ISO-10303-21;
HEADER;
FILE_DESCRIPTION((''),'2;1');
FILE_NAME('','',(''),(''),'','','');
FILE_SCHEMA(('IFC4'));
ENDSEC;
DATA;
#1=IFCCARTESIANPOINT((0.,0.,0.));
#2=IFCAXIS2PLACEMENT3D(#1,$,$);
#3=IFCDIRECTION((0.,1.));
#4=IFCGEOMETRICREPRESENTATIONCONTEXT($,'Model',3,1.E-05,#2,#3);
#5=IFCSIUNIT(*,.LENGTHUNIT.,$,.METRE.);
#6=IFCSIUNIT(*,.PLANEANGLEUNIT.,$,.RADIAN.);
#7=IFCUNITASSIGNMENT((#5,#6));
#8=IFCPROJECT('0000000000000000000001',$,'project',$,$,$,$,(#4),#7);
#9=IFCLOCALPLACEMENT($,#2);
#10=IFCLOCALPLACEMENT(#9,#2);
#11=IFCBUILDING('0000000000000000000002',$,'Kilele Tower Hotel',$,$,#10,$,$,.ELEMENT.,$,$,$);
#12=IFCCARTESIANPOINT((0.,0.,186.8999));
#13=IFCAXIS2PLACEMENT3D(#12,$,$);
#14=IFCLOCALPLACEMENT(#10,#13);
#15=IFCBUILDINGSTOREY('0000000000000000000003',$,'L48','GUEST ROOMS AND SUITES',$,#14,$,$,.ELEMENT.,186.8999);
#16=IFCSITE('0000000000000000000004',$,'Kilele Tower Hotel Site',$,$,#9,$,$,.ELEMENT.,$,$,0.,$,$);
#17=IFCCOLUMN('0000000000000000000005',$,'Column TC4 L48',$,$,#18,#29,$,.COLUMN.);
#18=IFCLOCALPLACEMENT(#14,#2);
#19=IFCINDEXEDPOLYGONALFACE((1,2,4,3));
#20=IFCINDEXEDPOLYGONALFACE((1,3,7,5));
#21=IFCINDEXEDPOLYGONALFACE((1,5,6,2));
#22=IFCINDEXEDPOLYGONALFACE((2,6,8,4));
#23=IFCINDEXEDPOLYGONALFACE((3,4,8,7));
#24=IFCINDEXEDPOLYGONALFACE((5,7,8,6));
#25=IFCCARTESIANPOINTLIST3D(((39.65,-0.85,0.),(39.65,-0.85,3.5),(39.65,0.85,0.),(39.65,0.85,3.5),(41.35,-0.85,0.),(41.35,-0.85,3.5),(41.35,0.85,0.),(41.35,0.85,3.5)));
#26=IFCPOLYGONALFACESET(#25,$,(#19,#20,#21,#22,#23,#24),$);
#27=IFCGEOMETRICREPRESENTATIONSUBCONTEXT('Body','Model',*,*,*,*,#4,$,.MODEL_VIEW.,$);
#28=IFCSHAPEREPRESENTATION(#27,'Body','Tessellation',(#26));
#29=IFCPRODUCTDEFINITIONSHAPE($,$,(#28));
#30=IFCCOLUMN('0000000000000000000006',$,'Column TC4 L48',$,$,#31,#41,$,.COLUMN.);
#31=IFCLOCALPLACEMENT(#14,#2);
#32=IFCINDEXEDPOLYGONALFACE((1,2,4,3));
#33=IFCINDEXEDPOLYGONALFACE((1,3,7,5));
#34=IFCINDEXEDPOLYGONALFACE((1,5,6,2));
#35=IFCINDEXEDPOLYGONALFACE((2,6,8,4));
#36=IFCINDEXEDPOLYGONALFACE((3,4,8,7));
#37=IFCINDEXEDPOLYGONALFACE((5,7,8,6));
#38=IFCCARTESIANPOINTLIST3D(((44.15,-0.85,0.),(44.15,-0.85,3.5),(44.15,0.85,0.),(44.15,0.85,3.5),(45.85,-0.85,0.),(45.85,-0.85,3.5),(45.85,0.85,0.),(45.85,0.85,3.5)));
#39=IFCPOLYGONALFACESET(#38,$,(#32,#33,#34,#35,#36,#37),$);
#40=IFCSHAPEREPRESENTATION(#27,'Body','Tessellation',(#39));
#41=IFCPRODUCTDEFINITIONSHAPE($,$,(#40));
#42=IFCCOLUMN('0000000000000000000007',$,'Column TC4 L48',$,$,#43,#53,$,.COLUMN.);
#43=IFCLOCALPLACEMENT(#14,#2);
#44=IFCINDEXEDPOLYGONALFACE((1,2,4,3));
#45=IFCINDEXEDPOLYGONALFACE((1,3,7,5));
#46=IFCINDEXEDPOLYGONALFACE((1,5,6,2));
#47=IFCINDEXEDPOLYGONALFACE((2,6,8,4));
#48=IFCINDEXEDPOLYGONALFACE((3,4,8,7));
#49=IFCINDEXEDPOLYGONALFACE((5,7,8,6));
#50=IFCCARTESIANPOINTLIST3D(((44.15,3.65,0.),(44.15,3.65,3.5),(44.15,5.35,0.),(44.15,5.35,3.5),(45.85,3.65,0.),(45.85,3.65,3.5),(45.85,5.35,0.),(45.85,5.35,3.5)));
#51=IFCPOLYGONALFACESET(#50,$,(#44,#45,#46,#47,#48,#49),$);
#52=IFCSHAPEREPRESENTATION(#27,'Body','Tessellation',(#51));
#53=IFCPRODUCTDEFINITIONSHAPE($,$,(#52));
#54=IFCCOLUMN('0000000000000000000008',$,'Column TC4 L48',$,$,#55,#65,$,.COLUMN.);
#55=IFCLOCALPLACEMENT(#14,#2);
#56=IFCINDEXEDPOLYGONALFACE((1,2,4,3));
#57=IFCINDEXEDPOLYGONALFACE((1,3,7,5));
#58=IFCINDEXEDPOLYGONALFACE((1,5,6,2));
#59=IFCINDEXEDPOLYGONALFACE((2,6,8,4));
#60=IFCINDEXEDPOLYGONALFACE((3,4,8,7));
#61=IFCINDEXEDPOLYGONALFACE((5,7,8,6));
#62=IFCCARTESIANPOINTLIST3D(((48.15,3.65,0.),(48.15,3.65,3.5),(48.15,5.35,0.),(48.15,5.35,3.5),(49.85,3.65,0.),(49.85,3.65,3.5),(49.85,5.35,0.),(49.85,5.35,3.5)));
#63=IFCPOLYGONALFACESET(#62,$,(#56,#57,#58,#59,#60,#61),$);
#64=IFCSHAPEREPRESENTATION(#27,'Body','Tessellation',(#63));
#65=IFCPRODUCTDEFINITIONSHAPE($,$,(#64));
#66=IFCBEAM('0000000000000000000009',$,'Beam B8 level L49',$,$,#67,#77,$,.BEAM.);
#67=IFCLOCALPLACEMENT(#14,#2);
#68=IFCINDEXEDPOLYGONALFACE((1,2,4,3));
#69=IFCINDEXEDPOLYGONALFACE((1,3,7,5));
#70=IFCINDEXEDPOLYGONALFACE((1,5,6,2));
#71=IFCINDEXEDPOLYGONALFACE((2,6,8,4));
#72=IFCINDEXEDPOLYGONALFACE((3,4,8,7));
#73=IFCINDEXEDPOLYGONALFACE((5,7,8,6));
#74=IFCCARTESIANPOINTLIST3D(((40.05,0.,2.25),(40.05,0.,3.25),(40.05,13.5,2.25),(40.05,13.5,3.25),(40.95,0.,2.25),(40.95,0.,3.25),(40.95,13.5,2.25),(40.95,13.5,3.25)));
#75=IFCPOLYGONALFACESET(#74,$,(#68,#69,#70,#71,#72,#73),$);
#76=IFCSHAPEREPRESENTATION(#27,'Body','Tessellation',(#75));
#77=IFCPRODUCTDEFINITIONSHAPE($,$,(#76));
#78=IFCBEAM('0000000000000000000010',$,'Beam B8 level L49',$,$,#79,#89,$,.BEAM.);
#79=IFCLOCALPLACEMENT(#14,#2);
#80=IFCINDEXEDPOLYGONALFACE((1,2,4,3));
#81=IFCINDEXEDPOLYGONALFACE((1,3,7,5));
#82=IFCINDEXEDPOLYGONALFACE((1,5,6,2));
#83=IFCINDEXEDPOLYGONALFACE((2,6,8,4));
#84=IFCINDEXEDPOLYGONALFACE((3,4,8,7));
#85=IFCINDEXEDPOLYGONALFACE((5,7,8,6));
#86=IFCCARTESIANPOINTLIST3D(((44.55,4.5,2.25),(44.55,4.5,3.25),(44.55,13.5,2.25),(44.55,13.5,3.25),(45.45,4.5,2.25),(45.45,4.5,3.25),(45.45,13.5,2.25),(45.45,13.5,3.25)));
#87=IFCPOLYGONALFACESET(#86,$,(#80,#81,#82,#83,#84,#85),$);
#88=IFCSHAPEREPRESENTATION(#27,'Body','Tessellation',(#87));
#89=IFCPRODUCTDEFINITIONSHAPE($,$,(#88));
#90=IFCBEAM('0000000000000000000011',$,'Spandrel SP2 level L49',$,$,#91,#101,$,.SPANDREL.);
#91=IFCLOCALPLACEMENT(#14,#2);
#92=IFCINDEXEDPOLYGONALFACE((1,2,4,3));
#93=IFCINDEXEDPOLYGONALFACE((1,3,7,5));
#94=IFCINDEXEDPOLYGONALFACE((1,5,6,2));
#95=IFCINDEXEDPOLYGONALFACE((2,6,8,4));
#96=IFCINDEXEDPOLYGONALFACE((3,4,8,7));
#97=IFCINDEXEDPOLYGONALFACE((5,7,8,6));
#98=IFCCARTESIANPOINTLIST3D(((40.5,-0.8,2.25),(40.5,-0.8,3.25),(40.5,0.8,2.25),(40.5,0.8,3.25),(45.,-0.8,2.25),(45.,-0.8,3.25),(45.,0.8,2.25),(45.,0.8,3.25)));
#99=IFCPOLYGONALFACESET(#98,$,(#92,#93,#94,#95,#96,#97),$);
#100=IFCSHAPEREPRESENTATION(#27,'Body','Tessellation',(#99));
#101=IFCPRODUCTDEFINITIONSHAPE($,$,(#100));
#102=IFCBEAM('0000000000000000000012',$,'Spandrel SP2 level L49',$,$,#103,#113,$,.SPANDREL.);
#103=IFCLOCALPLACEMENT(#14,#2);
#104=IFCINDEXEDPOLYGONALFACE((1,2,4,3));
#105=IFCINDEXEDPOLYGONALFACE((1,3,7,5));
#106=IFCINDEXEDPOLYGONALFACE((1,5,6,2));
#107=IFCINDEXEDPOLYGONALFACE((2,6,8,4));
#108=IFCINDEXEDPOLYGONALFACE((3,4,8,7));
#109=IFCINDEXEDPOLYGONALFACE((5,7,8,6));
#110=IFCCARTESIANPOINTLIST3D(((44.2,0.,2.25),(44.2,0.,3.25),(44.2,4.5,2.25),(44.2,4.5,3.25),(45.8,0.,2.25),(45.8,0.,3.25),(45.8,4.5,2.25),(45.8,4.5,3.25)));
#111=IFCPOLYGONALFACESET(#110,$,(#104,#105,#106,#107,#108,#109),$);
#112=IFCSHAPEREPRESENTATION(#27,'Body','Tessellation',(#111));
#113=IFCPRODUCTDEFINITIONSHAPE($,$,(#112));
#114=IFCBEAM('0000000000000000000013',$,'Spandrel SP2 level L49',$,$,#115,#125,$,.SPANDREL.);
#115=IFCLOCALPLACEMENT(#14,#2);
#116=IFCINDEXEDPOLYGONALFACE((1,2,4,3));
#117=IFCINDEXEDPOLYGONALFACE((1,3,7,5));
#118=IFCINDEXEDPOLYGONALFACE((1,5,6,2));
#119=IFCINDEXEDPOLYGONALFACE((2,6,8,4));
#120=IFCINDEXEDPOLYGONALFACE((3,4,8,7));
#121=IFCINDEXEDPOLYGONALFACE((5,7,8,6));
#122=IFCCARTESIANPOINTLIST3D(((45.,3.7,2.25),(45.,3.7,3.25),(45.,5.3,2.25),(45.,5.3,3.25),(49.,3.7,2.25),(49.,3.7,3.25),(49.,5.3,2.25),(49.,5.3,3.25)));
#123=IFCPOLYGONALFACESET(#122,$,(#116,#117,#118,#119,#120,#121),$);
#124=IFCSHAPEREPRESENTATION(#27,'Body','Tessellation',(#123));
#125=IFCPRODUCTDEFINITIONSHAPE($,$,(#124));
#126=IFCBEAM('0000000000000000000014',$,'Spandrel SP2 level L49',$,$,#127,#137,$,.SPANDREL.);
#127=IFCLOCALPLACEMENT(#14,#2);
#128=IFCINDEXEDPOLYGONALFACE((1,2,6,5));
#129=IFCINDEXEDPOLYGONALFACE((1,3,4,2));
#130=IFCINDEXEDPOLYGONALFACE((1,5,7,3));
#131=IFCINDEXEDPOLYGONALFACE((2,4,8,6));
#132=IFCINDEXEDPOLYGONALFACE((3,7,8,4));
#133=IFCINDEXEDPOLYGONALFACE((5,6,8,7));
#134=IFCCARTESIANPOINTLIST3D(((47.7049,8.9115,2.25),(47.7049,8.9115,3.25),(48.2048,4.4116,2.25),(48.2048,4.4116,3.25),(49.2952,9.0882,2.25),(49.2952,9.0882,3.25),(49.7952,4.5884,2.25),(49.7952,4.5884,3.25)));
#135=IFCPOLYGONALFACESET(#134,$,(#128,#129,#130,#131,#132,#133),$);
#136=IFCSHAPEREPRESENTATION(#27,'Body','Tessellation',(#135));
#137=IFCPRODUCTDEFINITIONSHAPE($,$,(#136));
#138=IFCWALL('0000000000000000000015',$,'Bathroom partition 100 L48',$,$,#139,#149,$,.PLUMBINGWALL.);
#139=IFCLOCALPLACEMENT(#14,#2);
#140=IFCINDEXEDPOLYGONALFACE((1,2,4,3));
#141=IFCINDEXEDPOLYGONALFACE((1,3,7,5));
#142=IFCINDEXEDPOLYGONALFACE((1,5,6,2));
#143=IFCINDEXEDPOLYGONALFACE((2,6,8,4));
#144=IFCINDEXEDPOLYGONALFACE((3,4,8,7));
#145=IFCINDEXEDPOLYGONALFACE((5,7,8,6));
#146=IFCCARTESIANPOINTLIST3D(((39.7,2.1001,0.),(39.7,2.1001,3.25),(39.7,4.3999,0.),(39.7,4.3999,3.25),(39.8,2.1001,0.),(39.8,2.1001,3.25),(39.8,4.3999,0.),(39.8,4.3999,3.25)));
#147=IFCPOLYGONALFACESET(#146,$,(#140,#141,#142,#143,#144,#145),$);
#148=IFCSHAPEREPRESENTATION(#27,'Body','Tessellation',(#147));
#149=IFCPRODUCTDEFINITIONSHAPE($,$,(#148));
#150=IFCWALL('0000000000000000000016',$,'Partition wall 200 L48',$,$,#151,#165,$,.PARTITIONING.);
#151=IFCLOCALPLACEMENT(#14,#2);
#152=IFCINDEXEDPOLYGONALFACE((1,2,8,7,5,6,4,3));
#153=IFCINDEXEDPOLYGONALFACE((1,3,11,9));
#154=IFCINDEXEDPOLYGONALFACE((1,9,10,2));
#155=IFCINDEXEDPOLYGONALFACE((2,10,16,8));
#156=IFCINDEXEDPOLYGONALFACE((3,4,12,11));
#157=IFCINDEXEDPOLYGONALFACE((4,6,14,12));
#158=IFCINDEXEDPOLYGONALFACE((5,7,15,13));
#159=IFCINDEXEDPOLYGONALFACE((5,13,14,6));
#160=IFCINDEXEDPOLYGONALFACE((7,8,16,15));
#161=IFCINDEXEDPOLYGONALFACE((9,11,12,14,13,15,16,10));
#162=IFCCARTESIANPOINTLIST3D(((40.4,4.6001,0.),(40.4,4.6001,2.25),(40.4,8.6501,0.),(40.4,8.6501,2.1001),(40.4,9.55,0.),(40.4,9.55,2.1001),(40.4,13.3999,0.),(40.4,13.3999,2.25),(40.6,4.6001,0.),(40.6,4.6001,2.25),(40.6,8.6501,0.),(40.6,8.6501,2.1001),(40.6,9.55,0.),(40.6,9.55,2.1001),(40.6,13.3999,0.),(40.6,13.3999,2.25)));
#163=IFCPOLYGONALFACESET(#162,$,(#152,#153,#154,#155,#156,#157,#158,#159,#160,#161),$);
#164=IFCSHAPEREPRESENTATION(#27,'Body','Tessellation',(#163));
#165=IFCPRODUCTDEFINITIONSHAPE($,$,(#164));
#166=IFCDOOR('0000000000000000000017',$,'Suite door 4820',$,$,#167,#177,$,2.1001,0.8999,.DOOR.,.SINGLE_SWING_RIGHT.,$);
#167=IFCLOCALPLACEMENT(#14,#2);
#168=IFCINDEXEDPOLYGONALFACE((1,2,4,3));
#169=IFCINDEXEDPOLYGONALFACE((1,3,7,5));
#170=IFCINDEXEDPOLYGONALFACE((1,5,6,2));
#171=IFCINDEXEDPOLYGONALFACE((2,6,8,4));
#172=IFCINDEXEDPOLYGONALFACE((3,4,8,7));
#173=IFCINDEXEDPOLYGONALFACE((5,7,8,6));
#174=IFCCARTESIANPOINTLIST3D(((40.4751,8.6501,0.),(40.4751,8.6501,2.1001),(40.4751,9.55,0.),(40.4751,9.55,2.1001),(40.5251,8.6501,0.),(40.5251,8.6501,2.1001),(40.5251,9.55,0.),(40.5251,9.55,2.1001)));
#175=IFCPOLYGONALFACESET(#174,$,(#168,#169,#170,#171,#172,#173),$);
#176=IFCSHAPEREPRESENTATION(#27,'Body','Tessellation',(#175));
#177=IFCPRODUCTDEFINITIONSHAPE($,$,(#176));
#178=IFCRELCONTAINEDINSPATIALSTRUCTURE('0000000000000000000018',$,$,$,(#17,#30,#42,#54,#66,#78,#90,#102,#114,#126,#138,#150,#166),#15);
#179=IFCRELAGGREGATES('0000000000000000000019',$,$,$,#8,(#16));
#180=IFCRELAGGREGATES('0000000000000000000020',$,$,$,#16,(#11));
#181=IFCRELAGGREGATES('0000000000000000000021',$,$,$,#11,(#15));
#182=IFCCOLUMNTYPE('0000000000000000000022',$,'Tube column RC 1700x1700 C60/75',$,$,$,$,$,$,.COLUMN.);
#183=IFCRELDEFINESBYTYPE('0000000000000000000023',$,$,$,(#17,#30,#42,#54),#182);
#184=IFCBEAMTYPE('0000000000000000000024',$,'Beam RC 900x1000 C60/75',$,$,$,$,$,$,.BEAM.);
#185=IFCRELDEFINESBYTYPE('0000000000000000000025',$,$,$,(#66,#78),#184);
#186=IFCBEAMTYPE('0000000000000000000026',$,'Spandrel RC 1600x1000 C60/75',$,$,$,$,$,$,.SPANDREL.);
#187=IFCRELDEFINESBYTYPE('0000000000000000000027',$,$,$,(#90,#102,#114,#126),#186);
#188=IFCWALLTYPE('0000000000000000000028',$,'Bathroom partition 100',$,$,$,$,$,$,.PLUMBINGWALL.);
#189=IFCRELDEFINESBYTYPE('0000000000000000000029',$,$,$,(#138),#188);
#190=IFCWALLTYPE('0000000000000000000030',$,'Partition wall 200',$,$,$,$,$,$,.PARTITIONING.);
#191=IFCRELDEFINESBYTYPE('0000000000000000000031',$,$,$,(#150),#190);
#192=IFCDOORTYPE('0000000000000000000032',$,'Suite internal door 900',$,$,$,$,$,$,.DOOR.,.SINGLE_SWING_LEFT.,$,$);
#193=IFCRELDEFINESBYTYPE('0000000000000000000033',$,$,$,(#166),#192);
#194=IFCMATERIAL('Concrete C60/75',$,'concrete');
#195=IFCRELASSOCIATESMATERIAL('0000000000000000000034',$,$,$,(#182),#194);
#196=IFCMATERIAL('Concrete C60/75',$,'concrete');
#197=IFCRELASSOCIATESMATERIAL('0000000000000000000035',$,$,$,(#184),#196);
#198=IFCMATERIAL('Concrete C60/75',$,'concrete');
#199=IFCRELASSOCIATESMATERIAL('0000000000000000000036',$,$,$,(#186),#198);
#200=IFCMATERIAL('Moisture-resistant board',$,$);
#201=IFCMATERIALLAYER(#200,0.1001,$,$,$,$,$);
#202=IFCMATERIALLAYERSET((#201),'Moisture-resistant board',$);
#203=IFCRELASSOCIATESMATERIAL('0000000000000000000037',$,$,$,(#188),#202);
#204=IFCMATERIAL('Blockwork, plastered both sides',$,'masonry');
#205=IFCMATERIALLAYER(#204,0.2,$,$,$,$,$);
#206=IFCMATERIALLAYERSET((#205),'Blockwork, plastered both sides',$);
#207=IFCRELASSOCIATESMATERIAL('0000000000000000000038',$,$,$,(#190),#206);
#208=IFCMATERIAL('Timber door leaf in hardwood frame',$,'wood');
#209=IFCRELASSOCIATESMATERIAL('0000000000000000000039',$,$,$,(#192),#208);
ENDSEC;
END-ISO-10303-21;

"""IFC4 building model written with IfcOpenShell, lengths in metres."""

from ifc_helpers import new_model, si_unit, direction, frame, frame_2d, origin, origin_2d, place, context, subcontext, project, spatial, rectangle, extrude, material, layer, layer_set, material_profile, profile_set, type_object, element, fill, save


model = new_model("IFC4")

# Units and contexts
model_context = context("Model", 3, precision=1e-05, world=origin(), true_north=direction((0.0, 1.0)))
body_context = subcontext(model_context, "Body", "Model", "MODEL_VIEW")
ifc_project = project(units=[si_unit("LENGTHUNIT", "METRE"), si_unit("PLANEANGLEUNIT", "RADIAN")], contexts=[model_context])

# Site, building, storey
site_placement = place(None, origin())
site = spatial("IfcSite", under=ifc_project, at=site_placement, Name="Kilele Tower Hotel Site", CompositionType="ELEMENT", RefElevation=0.0)
building_placement = place(site_placement, origin())
building = spatial("IfcBuilding", under=site, at=building_placement, Name="Kilele Tower Hotel", CompositionType="ELEMENT")
storey_placement = place(building_placement, frame((0.0, 0.0, 186.8999)))
storey = spatial("IfcBuildingStorey", under=building, at=storey_placement, Name="L48", Description="GUEST ROOMS AND SUITES", CompositionType="ELEMENT", Elevation=186.8999)

# Columns
ifc_material_1 = material(Name="Concrete C60/75", Category="concrete")
ifc_material_profile_1 = material_profile(ifc_material_1, rectangle(XDim=1.7, YDim=1.7, at=origin_2d()))
ifc_profile_set_1 = profile_set([ifc_material_profile_1], Name="Concrete C60/75")
column_type = type_object("IfcColumnType", Name="Tube column RC 1700x1700 C60/75", PredefinedType="COLUMN", material=ifc_profile_set_1)
for number, where, z_axis, x_axis, name in (
    (1, (40.5, 0.0, 0.0), (0.0, 0.0, 1.0), (1.0, 0.0, 0.0), "Column TC4 L48"),
    (2, (45.0, 0.0, 0.0), (0.0, 0.0, 1.0), (1.0, 0.0, 0.0), "Column TC4 L48"),
    (3, (45.0, 4.5, 0.0), (0.0, 0.0, 1.0), (1.0, 0.0, 0.0), "Column TC4 L48"),
    (4, (49.0, 4.5, 0.0), (0.0, 0.0, 1.0), (1.0, 0.0, 0.0), "Column TC4 L48"),
):
    element("IfcColumn", number, at=place(storey_placement, frame(where, z_axis=z_axis, x_axis=x_axis)), inside=storey, type_object=column_type, Name=name, PredefinedType="COLUMN", context=body_context, shape_type="SweptSolid", body=[
        extrude(rectangle(XDim=1.7, YDim=1.7, at=origin_2d()), origin(), (0.0, 0.0, 1.0), 3.5),
    ])

# Beams
ifc_material_2 = material(Name="Concrete C60/75", Category="concrete")
ifc_material_profile_2 = material_profile(ifc_material_2, rectangle(XDim=0.8999, YDim=1.0, at=origin_2d()))
ifc_profile_set_2 = profile_set([ifc_material_profile_2], Name="Concrete C60/75")
beam_type_1 = type_object("IfcBeamType", Name="Beam RC 900x1000 C60/75", PredefinedType="BEAM", material=ifc_profile_set_2)
beam_1_placement = place(storey_placement, frame((40.5, 0.0, 2.75), z_axis=(0.0, 1.0, 0.0), x_axis=(-1.0, 0.0, 0.0)))
element("IfcBeam", 5, at=beam_1_placement, inside=storey, type_object=beam_type_1, Name="Beam B8 level L49", PredefinedType="BEAM", context=body_context, shape_type="SweptSolid", body=[
    extrude(rectangle(XDim=0.8999, YDim=1.0, at=origin_2d()), origin(), (0.0, 0.0, 1.0), 13.5),
])
beam_2_placement = place(storey_placement, frame((45.0, 4.5, 2.75), z_axis=(0.0, 1.0, 0.0), x_axis=(-1.0, 0.0, 0.0)))
element("IfcBeam", 6, at=beam_2_placement, inside=storey, type_object=beam_type_1, Name="Beam B8 level L49", PredefinedType="BEAM", context=body_context, shape_type="SweptSolid", body=[
    extrude(rectangle(XDim=0.8999, YDim=1.0, at=origin_2d()), origin(), (0.0, 0.0, 1.0), 9.0),
])
ifc_material_3 = material(Name="Concrete C60/75", Category="concrete")
ifc_material_profile_3 = material_profile(ifc_material_3, rectangle(XDim=1.6001, YDim=1.0, at=origin_2d()))
ifc_profile_set_3 = profile_set([ifc_material_profile_3], Name="Concrete C60/75")
beam_type_2 = type_object("IfcBeamType", Name="Spandrel RC 1600x1000 C60/75", PredefinedType="SPANDREL", material=ifc_profile_set_3)
for number, where, z_axis, x_axis, name in (
    (7, (40.5, 0.0, 2.75), (1.0, 0.0, 0.0), (0.0, 1.0, 0.0), "Spandrel SP2 level L49"),
    (8, (45.0, 0.0, 2.75), (0.0, 1.0, 0.0), (-1.0, 0.0, 0.0), "Spandrel SP2 level L49"),
):
    element("IfcBeam", number, at=place(storey_placement, frame(where, z_axis=z_axis, x_axis=x_axis)), inside=storey, type_object=beam_type_2, Name=name, PredefinedType="SPANDREL", context=body_context, shape_type="SweptSolid", body=[
        extrude(rectangle(XDim=1.6001, YDim=1.0, at=origin_2d()), origin(), (0.0, 0.0, 1.0), 4.5),
    ])
beam_3_placement = place(storey_placement, frame((45.0, 4.5, 2.75), z_axis=(1.0, 0.0, 0.0), x_axis=(0.0, 1.0, 0.0)))
element("IfcBeam", 9, at=beam_3_placement, inside=storey, type_object=beam_type_2, Name="Spandrel SP2 level L49", PredefinedType="SPANDREL", context=body_context, shape_type="SweptSolid", body=[
    extrude(rectangle(XDim=1.6001, YDim=1.0, at=origin_2d()), origin(), (0.0, 0.0, 1.0), 4.0),
])
beam_4_placement = place(storey_placement, frame((49.0, 4.5, 2.75), z_axis=(-0.110432, 0.993884, 0.0), x_axis=(-0.993884, -0.110432, 0.0)))
element("IfcBeam", 10, at=beam_4_placement, inside=storey, type_object=beam_type_2, Name="Spandrel SP2 level L49", PredefinedType="SPANDREL", context=body_context, shape_type="SweptSolid", body=[
    extrude(rectangle(XDim=1.6001, YDim=1.0, at=origin_2d()), origin(), (0.0, 0.0, 1.0), 4.5276),
])

# Wall
ifc_material_4 = material(Name="Moisture-resistant board")
ifc_layer_1 = layer(ifc_material_4, 0.1001)
ifc_layer_set_1 = layer_set([ifc_layer_1], Name="Moisture-resistant board")
wall_type_1 = type_object("IfcWallType", Name="Bathroom partition 100", PredefinedType="PLUMBINGWALL", material=ifc_layer_set_1)
wall_1_placement = place(storey_placement, frame((39.75, 4.3999, 0.0), z_axis=(0.0, 0.0, 1.0), x_axis=(0.0, -1.0, 0.0)))
element("IfcWall", 11, at=wall_1_placement, inside=storey, type_object=wall_type_1, Name="Bathroom partition 100 L48", PredefinedType="PLUMBINGWALL", context=body_context, shape_type="SweptSolid", body=[
    extrude(rectangle(XDim=2.2998, YDim=0.1001, at=frame_2d((1.1499, 0.0))), origin(), (0.0, 0.0, 1.0), 3.25),
])

# Wall, opening, door
ifc_material_5 = material(Name="Blockwork, plastered both sides", Category="masonry")
ifc_layer_2 = layer(ifc_material_5, 0.2)
ifc_layer_set_2 = layer_set([ifc_layer_2], Name="Blockwork, plastered both sides")
wall_type_2 = type_object("IfcWallType", Name="Partition wall 200", PredefinedType="PARTITIONING", material=ifc_layer_set_2)
wall_2_placement = place(storey_placement, frame((40.5, 4.6001, 0.0), z_axis=(0.0, 0.0, 1.0), x_axis=(0.0, 1.0, 0.0)))
wall_2 = element("IfcWall", 12, at=wall_2_placement, inside=storey, type_object=wall_type_2, Name="Partition wall 200 L48", PredefinedType="PARTITIONING", context=body_context, shape_type="SweptSolid", body=[
    extrude(rectangle(XDim=8.7998, YDim=0.2, at=frame_2d((4.3999, 0.0))), origin(), (0.0, 0.0, 1.0), 2.25),
])
opening_1_placement = place(wall_2_placement, frame((4.05, 0.0, 0.0)))
opening_1 = element("IfcOpeningElement", 13, at=opening_1_placement, cuts=wall_2, PredefinedType="OPENING", context=body_context, shape_type="SweptSolid", body=[
    extrude(rectangle(XDim=0.8999, YDim=2.1001, at=frame_2d((0.45, 1.05))), frame((0.0, 0.1099, 0.0), z_axis=(0.0, -1.0, 0.0), x_axis=(1.0, 0.0, 0.0)), (0.0, 0.0, 1.0), 0.22),
])
ifc_material_6 = material(Name="Timber door leaf in hardwood frame", Category="wood")
door_type = type_object("IfcDoorType", Name="Suite internal door 900", OperationType="SINGLE_SWING_LEFT", PredefinedType="DOOR", material=ifc_material_6)
door_placement = place(opening_1_placement, origin())
door = element("IfcDoor", 14, at=door_placement, inside=storey, type_object=door_type, Name="Suite door 4820", OperationType="SINGLE_SWING_RIGHT", OverallHeight=2.1001, OverallWidth=0.8999, PredefinedType="DOOR", context=body_context, shape_type="SweptSolid", body=[
    extrude(rectangle(XDim=0.8999, YDim=2.1001, at=frame_2d((0.45, 1.05))), frame((0.0, 0.0249, 0.0), z_axis=(0.0, -1.0, 0.0), x_axis=(1.0, 0.0, 0.0)), (0.0, 0.0, 1.0), 0.05),
])
fill(opening_1, door)

save(model, "model.ifc")
